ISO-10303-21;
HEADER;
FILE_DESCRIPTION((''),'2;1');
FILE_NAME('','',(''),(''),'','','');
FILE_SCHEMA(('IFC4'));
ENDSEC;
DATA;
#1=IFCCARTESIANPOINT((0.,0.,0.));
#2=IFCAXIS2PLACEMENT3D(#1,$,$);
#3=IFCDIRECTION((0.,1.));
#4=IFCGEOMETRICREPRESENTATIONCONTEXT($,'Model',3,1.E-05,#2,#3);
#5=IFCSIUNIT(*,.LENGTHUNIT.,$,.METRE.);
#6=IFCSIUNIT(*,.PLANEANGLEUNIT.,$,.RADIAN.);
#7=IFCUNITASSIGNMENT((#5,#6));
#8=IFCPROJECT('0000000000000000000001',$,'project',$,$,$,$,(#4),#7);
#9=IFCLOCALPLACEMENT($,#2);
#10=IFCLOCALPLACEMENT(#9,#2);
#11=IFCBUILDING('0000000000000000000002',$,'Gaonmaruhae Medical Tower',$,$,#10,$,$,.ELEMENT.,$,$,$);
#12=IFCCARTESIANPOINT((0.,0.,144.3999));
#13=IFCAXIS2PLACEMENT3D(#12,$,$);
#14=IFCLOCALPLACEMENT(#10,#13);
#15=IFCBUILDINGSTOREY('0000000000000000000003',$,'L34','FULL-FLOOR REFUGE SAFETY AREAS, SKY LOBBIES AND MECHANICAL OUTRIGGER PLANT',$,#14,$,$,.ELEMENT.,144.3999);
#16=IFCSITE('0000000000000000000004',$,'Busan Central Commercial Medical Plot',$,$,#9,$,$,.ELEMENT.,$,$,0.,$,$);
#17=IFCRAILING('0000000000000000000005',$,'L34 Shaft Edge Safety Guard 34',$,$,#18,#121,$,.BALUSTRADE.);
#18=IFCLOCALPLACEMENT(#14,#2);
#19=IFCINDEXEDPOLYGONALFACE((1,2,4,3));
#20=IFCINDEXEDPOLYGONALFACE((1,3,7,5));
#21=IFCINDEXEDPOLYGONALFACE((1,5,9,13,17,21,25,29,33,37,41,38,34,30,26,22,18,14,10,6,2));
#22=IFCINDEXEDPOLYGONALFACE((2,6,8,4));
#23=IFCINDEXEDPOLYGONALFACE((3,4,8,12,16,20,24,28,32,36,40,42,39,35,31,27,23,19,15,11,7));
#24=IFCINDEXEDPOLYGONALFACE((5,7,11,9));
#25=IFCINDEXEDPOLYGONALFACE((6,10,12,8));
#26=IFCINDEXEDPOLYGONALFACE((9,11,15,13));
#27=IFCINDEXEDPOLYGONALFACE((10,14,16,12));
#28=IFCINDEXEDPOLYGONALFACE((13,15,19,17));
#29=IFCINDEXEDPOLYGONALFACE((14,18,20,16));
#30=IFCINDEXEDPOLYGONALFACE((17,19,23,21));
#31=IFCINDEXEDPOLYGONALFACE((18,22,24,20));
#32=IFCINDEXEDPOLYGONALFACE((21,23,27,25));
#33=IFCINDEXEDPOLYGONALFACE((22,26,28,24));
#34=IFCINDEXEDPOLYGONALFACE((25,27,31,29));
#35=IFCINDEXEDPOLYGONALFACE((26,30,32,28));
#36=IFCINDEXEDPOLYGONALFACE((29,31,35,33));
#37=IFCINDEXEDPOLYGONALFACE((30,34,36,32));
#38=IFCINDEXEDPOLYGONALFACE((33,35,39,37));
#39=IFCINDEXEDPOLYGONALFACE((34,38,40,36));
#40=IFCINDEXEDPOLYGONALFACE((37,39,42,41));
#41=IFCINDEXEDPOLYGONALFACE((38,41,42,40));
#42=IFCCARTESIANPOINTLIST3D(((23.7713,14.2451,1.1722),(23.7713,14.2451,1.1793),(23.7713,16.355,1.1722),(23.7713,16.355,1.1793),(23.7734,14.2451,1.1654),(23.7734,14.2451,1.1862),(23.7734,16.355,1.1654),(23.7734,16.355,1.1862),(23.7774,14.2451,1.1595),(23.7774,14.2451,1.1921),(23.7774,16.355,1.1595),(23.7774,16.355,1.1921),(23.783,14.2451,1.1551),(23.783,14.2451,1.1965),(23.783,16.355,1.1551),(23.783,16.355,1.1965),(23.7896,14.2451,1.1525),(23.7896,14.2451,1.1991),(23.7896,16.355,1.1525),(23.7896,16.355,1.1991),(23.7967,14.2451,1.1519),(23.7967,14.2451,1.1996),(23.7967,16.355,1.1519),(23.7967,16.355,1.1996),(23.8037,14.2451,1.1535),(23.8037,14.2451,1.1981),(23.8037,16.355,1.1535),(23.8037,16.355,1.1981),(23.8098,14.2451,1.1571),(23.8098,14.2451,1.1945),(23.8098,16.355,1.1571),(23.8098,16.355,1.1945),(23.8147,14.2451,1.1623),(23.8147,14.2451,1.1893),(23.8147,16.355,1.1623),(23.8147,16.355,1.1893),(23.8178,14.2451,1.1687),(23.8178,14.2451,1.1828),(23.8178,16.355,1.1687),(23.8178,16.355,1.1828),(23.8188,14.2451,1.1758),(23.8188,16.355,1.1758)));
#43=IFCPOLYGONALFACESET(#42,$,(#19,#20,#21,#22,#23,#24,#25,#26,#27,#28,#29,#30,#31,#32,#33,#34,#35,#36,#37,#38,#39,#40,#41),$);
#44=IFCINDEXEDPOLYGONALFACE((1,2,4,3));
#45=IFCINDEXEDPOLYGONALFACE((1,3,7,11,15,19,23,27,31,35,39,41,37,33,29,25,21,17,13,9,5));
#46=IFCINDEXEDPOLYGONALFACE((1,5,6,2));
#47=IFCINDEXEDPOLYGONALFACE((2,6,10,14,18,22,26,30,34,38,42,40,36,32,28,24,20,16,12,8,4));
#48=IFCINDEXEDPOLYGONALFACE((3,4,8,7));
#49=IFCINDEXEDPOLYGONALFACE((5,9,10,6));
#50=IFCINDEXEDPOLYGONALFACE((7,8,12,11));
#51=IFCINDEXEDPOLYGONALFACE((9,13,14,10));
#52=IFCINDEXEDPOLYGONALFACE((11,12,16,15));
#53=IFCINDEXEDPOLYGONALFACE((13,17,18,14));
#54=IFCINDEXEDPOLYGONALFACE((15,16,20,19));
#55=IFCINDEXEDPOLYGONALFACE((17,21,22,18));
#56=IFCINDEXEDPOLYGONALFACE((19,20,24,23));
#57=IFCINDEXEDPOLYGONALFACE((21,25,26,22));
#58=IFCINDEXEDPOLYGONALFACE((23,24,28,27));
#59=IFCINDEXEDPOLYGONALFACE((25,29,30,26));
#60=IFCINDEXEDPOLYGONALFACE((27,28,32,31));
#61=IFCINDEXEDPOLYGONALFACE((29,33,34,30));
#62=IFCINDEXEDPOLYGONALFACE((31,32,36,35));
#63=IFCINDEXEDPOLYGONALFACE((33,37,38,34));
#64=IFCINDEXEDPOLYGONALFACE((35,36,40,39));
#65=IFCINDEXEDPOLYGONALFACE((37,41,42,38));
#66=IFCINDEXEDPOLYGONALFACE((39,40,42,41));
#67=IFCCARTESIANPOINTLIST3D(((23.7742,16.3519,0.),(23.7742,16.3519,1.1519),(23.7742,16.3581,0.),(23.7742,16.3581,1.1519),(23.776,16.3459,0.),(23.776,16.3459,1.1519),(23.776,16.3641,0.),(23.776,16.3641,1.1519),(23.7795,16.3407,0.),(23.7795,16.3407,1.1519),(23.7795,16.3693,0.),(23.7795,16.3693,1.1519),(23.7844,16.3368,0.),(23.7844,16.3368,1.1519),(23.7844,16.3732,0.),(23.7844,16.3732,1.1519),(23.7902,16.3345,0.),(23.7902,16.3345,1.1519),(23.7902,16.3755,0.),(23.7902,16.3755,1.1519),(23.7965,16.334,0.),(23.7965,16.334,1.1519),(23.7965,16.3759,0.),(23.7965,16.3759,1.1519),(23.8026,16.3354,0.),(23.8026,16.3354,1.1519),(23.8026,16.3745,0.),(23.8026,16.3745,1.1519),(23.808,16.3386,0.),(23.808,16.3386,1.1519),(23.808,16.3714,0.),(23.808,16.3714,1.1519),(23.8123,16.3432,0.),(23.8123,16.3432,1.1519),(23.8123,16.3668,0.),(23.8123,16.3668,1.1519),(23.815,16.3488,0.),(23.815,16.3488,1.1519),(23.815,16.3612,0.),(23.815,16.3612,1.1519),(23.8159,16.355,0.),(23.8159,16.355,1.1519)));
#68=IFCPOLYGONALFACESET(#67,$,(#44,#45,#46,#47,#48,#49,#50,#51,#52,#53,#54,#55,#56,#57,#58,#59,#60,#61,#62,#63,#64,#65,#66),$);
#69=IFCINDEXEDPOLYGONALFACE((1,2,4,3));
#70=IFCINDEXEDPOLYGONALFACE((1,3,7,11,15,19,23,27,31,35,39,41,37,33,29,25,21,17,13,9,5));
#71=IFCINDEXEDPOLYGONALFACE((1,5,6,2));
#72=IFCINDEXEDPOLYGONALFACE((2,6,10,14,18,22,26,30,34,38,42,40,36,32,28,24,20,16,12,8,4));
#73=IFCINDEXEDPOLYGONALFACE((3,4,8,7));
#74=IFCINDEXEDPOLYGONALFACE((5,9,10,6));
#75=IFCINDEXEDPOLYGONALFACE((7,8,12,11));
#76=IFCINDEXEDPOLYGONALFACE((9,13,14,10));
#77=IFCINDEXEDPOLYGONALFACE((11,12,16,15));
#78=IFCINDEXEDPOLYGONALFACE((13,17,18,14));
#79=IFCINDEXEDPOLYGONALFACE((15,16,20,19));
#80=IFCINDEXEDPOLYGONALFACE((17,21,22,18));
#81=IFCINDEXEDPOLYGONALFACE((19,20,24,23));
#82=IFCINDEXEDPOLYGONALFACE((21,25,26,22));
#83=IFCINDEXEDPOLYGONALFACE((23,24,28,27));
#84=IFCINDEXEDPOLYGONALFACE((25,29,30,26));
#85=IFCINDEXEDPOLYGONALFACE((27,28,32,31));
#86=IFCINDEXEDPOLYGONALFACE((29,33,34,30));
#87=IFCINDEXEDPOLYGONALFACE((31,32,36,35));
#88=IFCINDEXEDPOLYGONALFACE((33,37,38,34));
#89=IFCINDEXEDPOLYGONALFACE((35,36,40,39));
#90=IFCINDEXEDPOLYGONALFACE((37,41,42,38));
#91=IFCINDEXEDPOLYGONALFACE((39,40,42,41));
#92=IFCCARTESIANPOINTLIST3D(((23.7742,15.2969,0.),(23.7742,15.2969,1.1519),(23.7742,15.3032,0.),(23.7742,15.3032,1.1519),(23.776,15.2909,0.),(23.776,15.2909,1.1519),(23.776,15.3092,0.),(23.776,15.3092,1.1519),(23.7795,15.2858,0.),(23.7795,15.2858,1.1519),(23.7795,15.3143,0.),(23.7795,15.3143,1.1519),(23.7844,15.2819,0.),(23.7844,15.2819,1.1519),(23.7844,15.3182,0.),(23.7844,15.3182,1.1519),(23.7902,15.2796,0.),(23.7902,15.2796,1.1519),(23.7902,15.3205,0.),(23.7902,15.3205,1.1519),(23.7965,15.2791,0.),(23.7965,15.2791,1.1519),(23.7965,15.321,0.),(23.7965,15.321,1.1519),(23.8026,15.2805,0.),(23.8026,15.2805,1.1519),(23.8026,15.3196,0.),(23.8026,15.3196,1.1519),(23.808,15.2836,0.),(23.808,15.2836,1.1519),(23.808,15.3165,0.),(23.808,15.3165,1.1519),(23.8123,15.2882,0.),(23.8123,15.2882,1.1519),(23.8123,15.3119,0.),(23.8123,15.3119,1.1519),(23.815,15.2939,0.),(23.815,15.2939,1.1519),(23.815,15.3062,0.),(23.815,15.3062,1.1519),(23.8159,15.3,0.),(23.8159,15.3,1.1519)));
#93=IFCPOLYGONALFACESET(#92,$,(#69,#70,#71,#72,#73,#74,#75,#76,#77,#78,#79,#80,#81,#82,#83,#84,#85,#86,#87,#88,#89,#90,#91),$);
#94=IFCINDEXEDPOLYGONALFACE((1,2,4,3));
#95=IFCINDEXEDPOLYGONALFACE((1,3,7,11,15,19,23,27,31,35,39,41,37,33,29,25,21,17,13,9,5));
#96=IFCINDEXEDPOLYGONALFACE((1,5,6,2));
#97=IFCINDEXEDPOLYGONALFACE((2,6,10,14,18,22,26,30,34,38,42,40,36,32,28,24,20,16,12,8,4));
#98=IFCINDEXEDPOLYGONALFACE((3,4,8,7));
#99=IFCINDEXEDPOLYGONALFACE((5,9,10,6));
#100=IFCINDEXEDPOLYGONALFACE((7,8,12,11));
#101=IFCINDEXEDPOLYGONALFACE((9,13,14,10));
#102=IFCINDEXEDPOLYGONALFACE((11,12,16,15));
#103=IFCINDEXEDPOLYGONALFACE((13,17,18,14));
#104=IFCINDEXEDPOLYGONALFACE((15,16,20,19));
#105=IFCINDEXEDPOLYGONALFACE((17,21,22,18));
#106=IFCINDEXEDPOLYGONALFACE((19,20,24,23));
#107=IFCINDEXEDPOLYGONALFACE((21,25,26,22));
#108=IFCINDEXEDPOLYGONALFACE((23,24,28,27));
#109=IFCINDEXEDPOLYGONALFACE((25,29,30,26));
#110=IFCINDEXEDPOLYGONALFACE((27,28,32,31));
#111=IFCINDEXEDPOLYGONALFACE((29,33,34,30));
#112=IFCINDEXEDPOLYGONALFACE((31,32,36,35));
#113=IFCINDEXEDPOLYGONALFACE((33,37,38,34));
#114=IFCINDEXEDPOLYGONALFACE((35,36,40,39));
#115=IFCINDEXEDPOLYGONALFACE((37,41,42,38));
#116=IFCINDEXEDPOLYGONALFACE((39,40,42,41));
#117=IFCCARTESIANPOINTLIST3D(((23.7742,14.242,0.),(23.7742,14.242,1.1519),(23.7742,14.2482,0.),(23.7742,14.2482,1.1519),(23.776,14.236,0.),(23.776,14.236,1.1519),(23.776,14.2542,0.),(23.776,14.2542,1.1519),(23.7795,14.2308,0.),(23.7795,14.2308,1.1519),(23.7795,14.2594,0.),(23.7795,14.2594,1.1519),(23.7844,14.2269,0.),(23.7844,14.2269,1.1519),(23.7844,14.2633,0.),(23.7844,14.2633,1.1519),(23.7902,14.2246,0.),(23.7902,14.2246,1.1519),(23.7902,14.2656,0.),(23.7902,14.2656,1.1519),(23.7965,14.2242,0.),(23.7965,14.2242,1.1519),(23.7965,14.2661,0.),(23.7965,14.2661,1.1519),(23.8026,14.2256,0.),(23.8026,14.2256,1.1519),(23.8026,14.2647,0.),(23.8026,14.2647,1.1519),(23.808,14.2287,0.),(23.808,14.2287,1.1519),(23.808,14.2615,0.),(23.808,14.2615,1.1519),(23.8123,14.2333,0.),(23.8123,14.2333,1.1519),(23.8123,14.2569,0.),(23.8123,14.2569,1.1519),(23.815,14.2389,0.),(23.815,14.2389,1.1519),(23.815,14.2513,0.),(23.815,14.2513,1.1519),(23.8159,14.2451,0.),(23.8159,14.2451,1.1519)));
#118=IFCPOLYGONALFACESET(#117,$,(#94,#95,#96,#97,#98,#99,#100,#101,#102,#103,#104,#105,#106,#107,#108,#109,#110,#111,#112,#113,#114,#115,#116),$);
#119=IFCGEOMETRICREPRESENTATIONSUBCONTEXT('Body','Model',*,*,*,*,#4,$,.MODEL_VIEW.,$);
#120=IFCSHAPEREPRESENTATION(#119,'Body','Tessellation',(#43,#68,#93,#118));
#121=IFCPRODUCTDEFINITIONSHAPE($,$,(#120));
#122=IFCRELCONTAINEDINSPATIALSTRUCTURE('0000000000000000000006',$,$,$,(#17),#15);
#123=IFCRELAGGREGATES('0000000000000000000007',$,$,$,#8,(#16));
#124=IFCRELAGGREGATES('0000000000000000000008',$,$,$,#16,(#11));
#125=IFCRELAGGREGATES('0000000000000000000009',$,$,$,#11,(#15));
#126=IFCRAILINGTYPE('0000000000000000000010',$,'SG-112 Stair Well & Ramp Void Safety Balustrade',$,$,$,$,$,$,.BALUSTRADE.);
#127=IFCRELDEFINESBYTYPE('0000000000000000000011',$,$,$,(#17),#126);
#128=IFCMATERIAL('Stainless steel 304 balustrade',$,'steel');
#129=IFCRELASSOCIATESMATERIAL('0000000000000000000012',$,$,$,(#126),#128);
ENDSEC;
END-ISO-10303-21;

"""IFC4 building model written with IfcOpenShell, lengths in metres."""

from ifc_helpers import new_model, si_unit, direction, frame, origin, origin_2d, place, context, subcontext, project, spatial, circle, extrude, material, type_object, element, save


model = new_model("IFC4")

# Units and contexts
model_context = context("Model", 3, precision=1e-05, world=origin(), true_north=direction((0.0, 1.0)))
body_context = subcontext(model_context, "Body", "Model", "MODEL_VIEW")
ifc_project = project(units=[si_unit("LENGTHUNIT", "METRE"), si_unit("PLANEANGLEUNIT", "RADIAN")], contexts=[model_context])

# Site, building, storey
site_placement = place(None, origin())
site = spatial("IfcSite", under=ifc_project, at=site_placement, Name="Busan Central Commercial Medical Plot", CompositionType="ELEMENT", RefElevation=0.0)
building_placement = place(site_placement, origin())
building = spatial("IfcBuilding", under=site, at=building_placement, Name="Gaonmaruhae Medical Tower", CompositionType="ELEMENT")
storey_placement = place(building_placement, frame((0.0, 0.0, 144.3999)))
storey = spatial("IfcBuildingStorey", under=building, at=storey_placement, Name="L34", Description="FULL-FLOOR REFUGE SAFETY AREAS, SKY LOBBIES AND MECHANICAL OUTRIGGER PLANT", CompositionType="ELEMENT", Elevation=144.3999)

# Railing
ifc_material_1 = material(Name="Stainless steel 304 balustrade", Category="steel")
railing_type = type_object("IfcRailingType", Name="SG-112 Stair Well & Ramp Void Safety Balustrade", PredefinedType="BALUSTRADE", material=ifc_material_1)
railing_1_placement = place(storey_placement, frame((23.7949, 16.355, 0.0)))
element("IfcRailing", 1, at=railing_1_placement, inside=storey, type_object=railing_type, Name="L34 Shaft Edge Safety Guard 34", PredefinedType="BALUSTRADE", context=body_context, shape_type="SweptSolid", body=[
    extrude(circle(Radius=0.0239, at=origin_2d()), frame((0.0, 0.0, 1.1758), z_axis=(0.0, -1.0, 0.0), x_axis=(1.0, 0.0, 0.0)), (0.0, 0.0, 1.0), 2.1099),
    extrude(circle(Radius=0.021, at=origin_2d()), origin(), (0.0, 0.0, 1.0), 1.1519),
    extrude(circle(Radius=0.021, at=origin_2d()), frame((0.0, -1.0549, 0.0)), (0.0, 0.0, 1.0), 1.1519),
    extrude(circle(Radius=0.021, at=origin_2d()), frame((0.0, -2.1099, 0.0)), (0.0, 0.0, 1.0), 1.1519),
])

save(model, "model.ifc")
